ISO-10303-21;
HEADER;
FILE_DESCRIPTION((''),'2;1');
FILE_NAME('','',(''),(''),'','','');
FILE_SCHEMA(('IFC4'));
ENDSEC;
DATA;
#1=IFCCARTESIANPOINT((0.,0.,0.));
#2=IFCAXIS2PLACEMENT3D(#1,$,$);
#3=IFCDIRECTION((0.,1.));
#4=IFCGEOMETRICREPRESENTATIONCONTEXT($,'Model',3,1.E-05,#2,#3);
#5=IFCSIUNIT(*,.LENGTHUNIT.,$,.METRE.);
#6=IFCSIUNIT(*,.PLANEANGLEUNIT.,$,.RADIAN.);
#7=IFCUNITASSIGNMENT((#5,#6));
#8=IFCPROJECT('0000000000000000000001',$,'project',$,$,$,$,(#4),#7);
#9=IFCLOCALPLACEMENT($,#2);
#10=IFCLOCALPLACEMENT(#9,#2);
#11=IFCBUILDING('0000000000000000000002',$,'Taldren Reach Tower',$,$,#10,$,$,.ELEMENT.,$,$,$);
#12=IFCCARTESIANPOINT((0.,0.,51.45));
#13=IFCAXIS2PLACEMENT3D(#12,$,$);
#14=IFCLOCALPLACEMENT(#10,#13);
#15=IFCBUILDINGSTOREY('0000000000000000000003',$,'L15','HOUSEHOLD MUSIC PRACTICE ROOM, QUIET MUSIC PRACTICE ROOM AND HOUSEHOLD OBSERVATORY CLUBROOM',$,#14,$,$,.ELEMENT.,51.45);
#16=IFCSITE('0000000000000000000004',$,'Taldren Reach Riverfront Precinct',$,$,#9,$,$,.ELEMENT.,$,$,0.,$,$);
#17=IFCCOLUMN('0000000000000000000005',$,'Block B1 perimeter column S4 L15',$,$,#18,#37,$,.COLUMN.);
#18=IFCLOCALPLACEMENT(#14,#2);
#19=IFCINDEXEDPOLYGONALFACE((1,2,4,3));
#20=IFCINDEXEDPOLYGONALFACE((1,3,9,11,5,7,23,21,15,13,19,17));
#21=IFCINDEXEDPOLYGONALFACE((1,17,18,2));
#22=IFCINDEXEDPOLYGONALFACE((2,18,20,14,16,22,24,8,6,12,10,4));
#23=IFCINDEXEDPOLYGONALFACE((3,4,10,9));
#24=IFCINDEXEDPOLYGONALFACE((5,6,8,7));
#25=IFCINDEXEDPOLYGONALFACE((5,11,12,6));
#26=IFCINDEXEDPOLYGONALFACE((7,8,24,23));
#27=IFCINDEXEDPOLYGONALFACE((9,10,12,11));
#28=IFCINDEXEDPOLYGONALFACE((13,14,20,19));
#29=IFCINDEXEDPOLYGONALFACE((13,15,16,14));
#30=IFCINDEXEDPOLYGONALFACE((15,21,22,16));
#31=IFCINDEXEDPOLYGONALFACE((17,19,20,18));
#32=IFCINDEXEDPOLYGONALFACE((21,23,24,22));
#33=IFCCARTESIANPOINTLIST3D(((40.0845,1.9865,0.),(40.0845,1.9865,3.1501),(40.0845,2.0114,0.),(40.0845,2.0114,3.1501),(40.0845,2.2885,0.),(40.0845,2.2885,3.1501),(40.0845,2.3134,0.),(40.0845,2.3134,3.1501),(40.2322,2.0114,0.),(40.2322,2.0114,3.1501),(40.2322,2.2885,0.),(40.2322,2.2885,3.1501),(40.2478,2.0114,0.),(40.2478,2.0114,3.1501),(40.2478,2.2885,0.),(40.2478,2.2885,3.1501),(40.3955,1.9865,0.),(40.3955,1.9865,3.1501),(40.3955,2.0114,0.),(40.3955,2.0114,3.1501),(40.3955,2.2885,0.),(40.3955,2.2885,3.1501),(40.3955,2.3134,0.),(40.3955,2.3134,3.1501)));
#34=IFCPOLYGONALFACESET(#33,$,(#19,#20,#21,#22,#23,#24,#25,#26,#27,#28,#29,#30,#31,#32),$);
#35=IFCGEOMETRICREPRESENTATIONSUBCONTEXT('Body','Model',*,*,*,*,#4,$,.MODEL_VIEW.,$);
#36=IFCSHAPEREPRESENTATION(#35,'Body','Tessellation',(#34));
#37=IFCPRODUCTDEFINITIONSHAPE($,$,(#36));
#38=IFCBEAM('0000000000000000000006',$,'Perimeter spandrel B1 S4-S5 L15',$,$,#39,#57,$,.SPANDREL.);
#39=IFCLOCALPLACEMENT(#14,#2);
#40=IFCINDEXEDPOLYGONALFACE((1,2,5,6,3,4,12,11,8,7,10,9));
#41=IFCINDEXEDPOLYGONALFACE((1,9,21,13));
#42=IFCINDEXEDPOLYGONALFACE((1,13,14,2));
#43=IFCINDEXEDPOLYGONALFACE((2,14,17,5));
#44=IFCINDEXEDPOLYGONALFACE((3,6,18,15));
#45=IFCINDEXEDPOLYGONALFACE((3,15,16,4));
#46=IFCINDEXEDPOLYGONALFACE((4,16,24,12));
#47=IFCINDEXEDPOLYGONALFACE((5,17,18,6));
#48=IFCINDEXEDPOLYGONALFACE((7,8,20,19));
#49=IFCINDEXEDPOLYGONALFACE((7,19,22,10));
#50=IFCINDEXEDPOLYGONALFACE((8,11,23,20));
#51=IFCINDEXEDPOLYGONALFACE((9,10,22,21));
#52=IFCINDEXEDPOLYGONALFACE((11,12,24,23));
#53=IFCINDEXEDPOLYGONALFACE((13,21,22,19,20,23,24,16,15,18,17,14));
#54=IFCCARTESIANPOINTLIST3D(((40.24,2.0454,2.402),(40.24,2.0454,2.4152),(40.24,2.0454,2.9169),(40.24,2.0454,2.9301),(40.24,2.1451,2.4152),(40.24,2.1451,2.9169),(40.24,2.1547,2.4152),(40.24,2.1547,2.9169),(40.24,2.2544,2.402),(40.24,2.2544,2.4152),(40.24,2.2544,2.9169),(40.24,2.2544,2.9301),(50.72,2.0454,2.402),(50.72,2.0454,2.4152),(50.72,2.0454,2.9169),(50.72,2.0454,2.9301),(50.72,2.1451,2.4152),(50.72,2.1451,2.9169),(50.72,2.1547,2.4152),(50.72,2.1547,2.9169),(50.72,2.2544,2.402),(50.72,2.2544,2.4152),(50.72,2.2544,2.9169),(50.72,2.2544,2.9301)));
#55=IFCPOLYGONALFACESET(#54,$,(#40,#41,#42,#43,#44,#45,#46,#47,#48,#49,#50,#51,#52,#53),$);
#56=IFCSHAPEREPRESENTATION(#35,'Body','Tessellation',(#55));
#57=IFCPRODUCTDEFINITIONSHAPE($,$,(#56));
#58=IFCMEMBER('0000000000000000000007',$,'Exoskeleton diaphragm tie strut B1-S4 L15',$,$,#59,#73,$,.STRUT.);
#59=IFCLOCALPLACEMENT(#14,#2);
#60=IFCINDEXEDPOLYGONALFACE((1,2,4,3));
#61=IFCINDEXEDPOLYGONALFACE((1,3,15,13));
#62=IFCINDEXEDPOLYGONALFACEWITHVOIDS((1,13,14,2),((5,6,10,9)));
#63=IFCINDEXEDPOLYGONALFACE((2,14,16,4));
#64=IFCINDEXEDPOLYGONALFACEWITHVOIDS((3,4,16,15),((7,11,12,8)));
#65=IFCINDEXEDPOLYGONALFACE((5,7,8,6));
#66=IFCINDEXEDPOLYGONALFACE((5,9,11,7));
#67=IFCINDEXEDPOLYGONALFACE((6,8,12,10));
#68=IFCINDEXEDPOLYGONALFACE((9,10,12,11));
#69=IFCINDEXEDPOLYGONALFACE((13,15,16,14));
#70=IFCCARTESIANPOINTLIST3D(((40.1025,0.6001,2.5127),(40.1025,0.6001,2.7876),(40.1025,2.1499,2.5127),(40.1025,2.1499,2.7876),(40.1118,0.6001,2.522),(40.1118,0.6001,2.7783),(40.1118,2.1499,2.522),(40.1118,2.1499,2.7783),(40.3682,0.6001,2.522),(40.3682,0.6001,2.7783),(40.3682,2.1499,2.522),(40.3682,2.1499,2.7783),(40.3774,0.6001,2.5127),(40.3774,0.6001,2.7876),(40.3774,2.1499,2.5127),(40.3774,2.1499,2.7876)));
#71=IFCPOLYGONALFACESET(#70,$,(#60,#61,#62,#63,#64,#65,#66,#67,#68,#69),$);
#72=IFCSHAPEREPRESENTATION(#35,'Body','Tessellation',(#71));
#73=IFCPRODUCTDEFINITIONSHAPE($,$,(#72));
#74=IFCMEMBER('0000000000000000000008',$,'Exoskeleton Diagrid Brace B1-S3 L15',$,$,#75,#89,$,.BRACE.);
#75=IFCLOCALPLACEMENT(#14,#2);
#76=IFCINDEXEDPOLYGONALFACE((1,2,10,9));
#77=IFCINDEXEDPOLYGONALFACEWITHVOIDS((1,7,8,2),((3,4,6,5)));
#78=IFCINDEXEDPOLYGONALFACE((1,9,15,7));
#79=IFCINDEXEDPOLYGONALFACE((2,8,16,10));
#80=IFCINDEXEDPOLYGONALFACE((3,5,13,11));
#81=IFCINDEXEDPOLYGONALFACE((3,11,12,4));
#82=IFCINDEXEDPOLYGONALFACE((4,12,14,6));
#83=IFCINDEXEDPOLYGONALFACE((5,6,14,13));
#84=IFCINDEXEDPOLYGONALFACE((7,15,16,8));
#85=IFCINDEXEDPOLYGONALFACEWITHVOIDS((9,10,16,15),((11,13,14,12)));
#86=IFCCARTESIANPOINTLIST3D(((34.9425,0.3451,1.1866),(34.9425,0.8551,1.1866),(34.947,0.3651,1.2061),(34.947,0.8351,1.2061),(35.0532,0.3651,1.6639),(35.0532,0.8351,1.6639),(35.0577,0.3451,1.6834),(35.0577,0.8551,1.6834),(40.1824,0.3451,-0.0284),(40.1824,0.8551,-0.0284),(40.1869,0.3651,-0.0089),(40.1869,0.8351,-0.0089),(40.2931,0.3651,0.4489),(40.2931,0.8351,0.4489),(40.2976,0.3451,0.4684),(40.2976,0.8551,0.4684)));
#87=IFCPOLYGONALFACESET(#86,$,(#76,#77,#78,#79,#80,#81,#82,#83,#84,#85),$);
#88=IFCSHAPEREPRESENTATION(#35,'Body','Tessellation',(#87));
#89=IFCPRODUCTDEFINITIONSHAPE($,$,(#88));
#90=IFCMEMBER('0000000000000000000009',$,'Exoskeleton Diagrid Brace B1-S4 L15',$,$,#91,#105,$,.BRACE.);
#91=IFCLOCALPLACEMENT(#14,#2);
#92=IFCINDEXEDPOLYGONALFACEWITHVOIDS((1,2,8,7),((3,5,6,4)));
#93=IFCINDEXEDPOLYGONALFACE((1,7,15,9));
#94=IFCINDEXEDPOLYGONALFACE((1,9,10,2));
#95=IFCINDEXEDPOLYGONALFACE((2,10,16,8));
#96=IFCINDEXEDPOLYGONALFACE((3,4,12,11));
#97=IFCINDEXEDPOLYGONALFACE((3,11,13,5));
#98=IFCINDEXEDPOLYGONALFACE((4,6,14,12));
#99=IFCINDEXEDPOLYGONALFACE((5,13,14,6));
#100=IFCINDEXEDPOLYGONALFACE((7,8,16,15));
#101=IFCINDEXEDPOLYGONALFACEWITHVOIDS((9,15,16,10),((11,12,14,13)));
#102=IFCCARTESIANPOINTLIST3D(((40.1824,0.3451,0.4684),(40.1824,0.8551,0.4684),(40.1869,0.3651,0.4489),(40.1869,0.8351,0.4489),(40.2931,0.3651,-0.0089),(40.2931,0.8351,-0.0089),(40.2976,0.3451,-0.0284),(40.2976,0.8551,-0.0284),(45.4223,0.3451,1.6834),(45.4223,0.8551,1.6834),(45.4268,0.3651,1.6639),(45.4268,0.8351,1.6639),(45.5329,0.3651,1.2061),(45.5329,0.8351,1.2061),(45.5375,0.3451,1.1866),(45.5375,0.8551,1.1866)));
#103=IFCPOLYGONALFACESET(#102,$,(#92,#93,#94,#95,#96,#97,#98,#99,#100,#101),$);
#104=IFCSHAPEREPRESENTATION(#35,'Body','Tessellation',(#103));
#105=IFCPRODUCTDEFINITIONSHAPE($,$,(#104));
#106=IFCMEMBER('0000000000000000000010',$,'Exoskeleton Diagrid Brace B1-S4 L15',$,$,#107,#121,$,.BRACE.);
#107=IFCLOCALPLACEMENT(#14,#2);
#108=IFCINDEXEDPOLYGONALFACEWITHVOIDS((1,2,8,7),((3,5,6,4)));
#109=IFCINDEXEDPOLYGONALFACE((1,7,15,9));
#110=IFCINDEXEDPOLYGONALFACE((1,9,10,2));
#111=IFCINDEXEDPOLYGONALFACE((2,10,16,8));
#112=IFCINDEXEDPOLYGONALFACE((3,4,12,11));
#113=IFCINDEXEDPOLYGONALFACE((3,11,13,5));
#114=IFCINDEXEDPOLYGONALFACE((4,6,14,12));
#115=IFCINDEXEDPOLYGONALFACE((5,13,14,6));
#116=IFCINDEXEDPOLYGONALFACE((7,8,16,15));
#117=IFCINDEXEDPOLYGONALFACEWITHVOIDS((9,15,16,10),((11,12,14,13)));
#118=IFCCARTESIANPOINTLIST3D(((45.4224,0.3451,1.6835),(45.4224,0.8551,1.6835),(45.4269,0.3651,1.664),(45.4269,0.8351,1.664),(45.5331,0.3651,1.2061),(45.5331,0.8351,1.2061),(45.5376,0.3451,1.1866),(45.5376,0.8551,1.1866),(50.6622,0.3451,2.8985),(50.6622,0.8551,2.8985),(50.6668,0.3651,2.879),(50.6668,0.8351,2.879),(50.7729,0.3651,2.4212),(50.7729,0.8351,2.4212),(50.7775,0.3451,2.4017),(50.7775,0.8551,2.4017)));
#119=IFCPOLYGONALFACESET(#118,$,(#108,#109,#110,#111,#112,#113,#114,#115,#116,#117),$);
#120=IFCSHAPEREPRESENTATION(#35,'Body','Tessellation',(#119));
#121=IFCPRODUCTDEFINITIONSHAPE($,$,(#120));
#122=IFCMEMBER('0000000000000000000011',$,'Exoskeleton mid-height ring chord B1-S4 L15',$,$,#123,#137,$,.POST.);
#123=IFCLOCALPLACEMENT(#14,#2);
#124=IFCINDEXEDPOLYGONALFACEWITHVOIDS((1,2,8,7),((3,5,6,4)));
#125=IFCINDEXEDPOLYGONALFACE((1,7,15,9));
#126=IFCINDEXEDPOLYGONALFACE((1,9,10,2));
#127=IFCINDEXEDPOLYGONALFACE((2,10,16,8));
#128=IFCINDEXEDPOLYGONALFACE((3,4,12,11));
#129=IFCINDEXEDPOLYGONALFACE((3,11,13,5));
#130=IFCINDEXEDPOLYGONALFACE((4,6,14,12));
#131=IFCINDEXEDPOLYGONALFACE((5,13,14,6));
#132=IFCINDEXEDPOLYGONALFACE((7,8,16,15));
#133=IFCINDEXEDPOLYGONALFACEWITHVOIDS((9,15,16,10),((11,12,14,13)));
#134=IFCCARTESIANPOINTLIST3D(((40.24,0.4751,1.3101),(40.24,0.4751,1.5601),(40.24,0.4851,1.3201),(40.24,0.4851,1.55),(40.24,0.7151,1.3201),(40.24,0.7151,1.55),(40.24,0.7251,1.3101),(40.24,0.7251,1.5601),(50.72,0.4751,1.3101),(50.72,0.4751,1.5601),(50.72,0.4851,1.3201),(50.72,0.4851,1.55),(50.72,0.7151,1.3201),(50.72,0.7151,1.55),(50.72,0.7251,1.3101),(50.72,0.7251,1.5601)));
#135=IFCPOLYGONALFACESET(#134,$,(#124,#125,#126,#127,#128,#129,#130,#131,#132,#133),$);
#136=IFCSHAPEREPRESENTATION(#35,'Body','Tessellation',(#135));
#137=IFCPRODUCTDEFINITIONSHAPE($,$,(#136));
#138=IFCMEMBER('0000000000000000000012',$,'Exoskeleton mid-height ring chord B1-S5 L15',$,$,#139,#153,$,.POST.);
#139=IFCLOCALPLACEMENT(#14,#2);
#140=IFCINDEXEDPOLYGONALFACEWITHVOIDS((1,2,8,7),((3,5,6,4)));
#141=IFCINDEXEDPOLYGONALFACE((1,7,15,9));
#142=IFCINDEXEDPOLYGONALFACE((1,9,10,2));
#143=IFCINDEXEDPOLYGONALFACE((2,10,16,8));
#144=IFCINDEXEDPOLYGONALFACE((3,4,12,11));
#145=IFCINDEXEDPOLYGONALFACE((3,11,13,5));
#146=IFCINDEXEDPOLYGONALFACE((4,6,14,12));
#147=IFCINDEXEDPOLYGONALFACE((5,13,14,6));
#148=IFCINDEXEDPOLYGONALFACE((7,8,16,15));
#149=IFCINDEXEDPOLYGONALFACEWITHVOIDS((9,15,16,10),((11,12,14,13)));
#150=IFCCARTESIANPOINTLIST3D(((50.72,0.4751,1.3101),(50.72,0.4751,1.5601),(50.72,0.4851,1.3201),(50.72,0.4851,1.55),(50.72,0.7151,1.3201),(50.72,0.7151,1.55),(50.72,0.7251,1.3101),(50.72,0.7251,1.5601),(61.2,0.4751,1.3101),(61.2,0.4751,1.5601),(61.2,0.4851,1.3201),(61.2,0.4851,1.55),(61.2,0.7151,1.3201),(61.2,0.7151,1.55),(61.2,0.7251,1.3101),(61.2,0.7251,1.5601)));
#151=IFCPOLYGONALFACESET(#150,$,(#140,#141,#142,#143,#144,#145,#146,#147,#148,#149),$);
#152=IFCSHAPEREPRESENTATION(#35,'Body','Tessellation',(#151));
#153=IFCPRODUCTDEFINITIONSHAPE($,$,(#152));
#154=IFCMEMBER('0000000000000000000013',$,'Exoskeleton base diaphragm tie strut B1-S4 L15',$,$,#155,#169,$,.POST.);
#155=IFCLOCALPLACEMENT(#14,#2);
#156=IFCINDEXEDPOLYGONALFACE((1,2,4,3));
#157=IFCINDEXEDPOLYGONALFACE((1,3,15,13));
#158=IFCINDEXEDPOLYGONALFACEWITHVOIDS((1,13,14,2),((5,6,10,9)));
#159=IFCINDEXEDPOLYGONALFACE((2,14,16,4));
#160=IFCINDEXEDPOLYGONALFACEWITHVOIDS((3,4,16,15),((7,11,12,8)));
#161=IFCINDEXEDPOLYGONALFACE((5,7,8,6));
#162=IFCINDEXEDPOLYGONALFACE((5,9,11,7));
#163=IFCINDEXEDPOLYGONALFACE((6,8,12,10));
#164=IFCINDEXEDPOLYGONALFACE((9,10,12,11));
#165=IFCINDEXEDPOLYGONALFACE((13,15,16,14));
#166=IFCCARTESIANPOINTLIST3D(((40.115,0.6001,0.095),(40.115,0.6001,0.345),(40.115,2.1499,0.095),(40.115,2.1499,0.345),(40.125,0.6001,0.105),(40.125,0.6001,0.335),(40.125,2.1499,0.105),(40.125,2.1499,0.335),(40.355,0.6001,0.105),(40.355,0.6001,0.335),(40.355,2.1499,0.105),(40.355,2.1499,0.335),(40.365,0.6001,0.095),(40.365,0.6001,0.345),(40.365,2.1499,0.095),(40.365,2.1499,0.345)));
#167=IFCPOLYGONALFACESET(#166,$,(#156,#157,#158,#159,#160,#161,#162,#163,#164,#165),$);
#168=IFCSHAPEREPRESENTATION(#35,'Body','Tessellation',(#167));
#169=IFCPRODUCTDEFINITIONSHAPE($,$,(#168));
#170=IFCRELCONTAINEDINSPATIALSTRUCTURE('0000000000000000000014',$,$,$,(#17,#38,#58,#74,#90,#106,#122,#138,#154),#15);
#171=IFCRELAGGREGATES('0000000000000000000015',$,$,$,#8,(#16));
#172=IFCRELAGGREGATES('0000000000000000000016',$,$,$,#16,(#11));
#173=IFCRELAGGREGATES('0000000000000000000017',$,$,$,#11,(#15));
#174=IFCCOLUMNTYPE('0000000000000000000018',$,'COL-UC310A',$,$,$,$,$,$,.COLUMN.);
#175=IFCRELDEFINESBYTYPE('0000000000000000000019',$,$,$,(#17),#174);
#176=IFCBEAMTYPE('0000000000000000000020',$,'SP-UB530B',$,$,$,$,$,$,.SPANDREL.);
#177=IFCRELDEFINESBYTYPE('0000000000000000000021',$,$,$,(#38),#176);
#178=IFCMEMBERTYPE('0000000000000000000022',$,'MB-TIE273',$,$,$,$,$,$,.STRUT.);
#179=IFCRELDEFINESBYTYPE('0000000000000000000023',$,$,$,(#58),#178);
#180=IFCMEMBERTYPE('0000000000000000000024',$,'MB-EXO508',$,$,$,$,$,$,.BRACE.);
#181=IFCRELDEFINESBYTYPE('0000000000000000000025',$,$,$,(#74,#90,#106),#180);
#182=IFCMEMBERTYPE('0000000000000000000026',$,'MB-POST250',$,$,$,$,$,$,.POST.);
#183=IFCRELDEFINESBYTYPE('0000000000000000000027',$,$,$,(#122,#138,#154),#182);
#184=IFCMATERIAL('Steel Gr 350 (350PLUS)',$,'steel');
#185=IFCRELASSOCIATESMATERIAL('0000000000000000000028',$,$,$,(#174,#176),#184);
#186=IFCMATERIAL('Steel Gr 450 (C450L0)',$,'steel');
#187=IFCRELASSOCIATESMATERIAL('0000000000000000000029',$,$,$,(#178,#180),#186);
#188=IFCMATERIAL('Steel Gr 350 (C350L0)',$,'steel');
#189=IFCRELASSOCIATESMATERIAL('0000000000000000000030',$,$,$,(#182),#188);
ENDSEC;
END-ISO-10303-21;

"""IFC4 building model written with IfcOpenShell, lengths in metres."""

from ifc_helpers import new_model, si_unit, direction, frame, origin, origin_2d, place, context, subcontext, project, spatial, hollow_rectangle, i_section, extrude, source, transform, mapped, material, material_profile, profile_set, type_object, element, save


model = new_model("IFC4")

# Units and contexts
model_context = context("Model", 3, precision=1e-05, world=origin(), true_north=direction((0.0, 1.0)))
body_context = subcontext(model_context, "Body", "Model", "MODEL_VIEW")
ifc_project = project(units=[si_unit("LENGTHUNIT", "METRE"), si_unit("PLANEANGLEUNIT", "RADIAN")], contexts=[model_context])

# Site, building, storey
site_placement = place(None, origin())
site = spatial("IfcSite", under=ifc_project, at=site_placement, Name="Taldren Reach Riverfront Precinct", CompositionType="ELEMENT", RefElevation=0.0)
building_placement = place(site_placement, origin())
building = spatial("IfcBuilding", under=site, at=building_placement, Name="Taldren Reach Tower", CompositionType="ELEMENT")
storey_placement = place(building_placement, frame((0.0, 0.0, 51.45)))
storey = spatial("IfcBuildingStorey", under=building, at=storey_placement, Name="L15", Description="HOUSEHOLD MUSIC PRACTICE ROOM, QUIET MUSIC PRACTICE ROOM AND HOUSEHOLD OBSERVATORY CLUBROOM", CompositionType="ELEMENT", Elevation=51.45)

# Column
ifc_material_1 = material(Name="Steel Gr 350 (350PLUS)", Category="steel")
ifc_material_profile_1 = material_profile(ifc_material_1, i_section(OverallWidth=0.311, OverallDepth=0.3269, WebThickness=0.0156, FlangeThickness=0.0249, at=origin_2d()), Name="310UC158")
ifc_profile_set_1 = profile_set([ifc_material_profile_1], Name="Steel Gr 350 (350PLUS)")
column_type = type_object("IfcColumnType", Name="COL-UC310A", PredefinedType="COLUMN", material=ifc_profile_set_1)
shared_shape_1 = source(origin(), body_context, "Body", "SweptSolid", [
    extrude(i_section(OverallWidth=0.311, OverallDepth=0.3269, WebThickness=0.0156, FlangeThickness=0.0249, at=origin_2d()), origin(), (0.0, 0.0, 1.0), 3.1501),
])
column_placement = place(storey_placement, frame((40.24, 2.1499, 0.0), z_axis=(0.0, 0.0, 1.0), x_axis=(1.0, 0.0, 0.0)))
element("IfcColumn", 1, at=column_placement, inside=storey, type_object=column_type, Name="Block B1 perimeter column S4 L15", PredefinedType="COLUMN", context=body_context, shape_type="MappedRepresentation", body=[
    mapped(shared_shape_1, transform((0.0, 0.0, 0.0), scale=1.0)),
])

# Beam
ifc_material_profile_2 = material_profile(ifc_material_1, i_section(OverallWidth=0.209, OverallDepth=0.5281, WebThickness=0.0095, FlangeThickness=0.0132, at=origin_2d()), Name="530UB82.0")
ifc_profile_set_2 = profile_set([ifc_material_profile_2], Name="Steel Gr 350 (350PLUS)")
beam_type = type_object("IfcBeamType", Name="SP-UB530B", PredefinedType="SPANDREL", material=ifc_profile_set_2)
shared_shape_2 = source(origin(), body_context, "Body", "SweptSolid", [
    extrude(i_section(OverallWidth=0.209, OverallDepth=0.5281, WebThickness=0.0095, FlangeThickness=0.0132, at=origin_2d()), origin(), (0.0, 0.0, 1.0), 10.48),
])
beam_placement = place(storey_placement, frame((40.24, 2.1499, 2.666), z_axis=(1.0, 0.0, 0.0), x_axis=(0.0, 1.0, 0.0)))
element("IfcBeam", 2, at=beam_placement, inside=storey, type_object=beam_type, Name="Perimeter spandrel B1 S4-S5 L15", PredefinedType="SPANDREL", context=body_context, shape_type="MappedRepresentation", body=[
    mapped(shared_shape_2, transform((0.0, 0.0, 0.0), scale=1.0)),
])

# Members
ifc_material_2 = material(Name="Steel Gr 450 (C450L0)", Category="steel")
ifc_material_profile_3 = material_profile(ifc_material_2, hollow_rectangle(XDim=0.2749, YDim=0.2749, WallThickness=0.0093, at=origin_2d()), Name="275x275x9.3SHS")
ifc_profile_set_3 = profile_set([ifc_material_profile_3], Name="Steel Gr 450 (C450L0)")
member_type_1 = type_object("IfcMemberType", Name="MB-TIE273", PredefinedType="STRUT", material=ifc_profile_set_3)
shared_shape_3 = source(origin(), body_context, "Body", "SweptSolid", [
    extrude(hollow_rectangle(XDim=0.2749, YDim=0.2749, WallThickness=0.0093, at=origin_2d()), origin(), (0.0, 0.0, 1.0), 1.5498),
])
member_1_placement = place(storey_placement, frame((40.24, 2.1499, 2.6501), z_axis=(0.0, -1.0, 0.0), x_axis=(1.0, 0.0, 0.0)))
element("IfcMember", 3, at=member_1_placement, inside=storey, type_object=member_type_1, Name="Exoskeleton diaphragm tie strut B1-S4 L15", PredefinedType="STRUT", context=body_context, shape_type="MappedRepresentation", body=[
    mapped(shared_shape_3, transform((0.0, 0.0, 0.0), scale=1.0)),
])
ifc_material_profile_4 = material_profile(ifc_material_2, hollow_rectangle(XDim=0.51, YDim=0.51, WallThickness=0.02, at=origin_2d()), Name="510x510x20.0SHS")
ifc_profile_set_4 = profile_set([ifc_material_profile_4], Name="Steel Gr 450 (C450L0)")
member_type_2 = type_object("IfcMemberType", Name="MB-EXO508", PredefinedType="BRACE", material=ifc_profile_set_4)
shared_shape_4 = source(origin(), body_context, "Body", "SweptSolid", [
    extrude(hollow_rectangle(XDim=0.51, YDim=0.51, WallThickness=0.02, at=origin_2d()), origin(), (0.0, 0.0, 1.0), 5.3789),
])
for number, where, z_axis, x_axis, name in (
    (4, (40.24, 0.6001, 0.22), (-0.974152, 0.0, 0.225894), (0.0, -1.0, 0.0), "Exoskeleton Diagrid Brace B1-S3 L15"),
    (5, (40.24, 0.6001, 0.22), (0.974152, 0.0, 0.225894), (0.0, 1.0, 0.0), "Exoskeleton Diagrid Brace B1-S4 L15"),
    (6, (45.48, 0.6001, 1.4351), (0.974152, 0.0, 0.225894), (0.0, 1.0, 0.0), "Exoskeleton Diagrid Brace B1-S4 L15"),
):
    element("IfcMember", number, at=place(storey_placement, frame(where, z_axis=z_axis, x_axis=x_axis)), inside=storey, type_object=member_type_2, Name=name, PredefinedType="BRACE", context=body_context, shape_type="MappedRepresentation", body=[
        mapped(shared_shape_4, transform((0.0, 0.0, 0.0), scale=1.0)),
    ])
ifc_material_3 = material(Name="Steel Gr 350 (C350L0)", Category="steel")
ifc_material_profile_5 = material_profile(ifc_material_3, hollow_rectangle(XDim=0.25, YDim=0.25, WallThickness=0.01, at=origin_2d()), Name="250x250x10.0SHS")
ifc_profile_set_5 = profile_set([ifc_material_profile_5], Name="Steel Gr 350 (C350L0)")
member_type_3 = type_object("IfcMemberType", Name="MB-POST250", PredefinedType="POST", material=ifc_profile_set_5)
shared_shape_5 = source(origin(), body_context, "Body", "SweptSolid", [
    extrude(hollow_rectangle(XDim=0.25, YDim=0.25, WallThickness=0.01, at=origin_2d()), origin(), (0.0, 0.0, 1.0), 10.48),
])
for number, where, z_axis, x_axis, name in (
    (7, (40.24, 0.6001, 1.4351), (1.0, 0.0, 0.0), (0.0, 1.0, 0.0), "Exoskeleton mid-height ring chord B1-S4 L15"),
    (8, (50.72, 0.6001, 1.4351), (1.0, 0.0, 0.0), (0.0, 1.0, 0.0), "Exoskeleton mid-height ring chord B1-S5 L15"),
):
    element("IfcMember", number, at=place(storey_placement, frame(where, z_axis=z_axis, x_axis=x_axis)), inside=storey, type_object=member_type_3, Name=name, PredefinedType="POST", context=body_context, shape_type="MappedRepresentation", body=[
        mapped(shared_shape_5, transform((0.0, 0.0, 0.0), scale=1.0)),
    ])
shared_shape_6 = source(origin(), body_context, "Body", "SweptSolid", [
    extrude(hollow_rectangle(XDim=0.25, YDim=0.25, WallThickness=0.01, at=origin_2d()), origin(), (0.0, 0.0, 1.0), 1.5498),
])
member_2_placement = place(storey_placement, frame((40.24, 2.1499, 0.22), z_axis=(0.0, -1.0, 0.0), x_axis=(1.0, 0.0, 0.0)))
element("IfcMember", 9, at=member_2_placement, inside=storey, type_object=member_type_3, Name="Exoskeleton base diaphragm tie strut B1-S4 L15", PredefinedType="POST", context=body_context, shape_type="MappedRepresentation", body=[
    mapped(shared_shape_6, transform((0.0, 0.0, 0.0), scale=1.0)),
])

save(model, "model.ifc")
